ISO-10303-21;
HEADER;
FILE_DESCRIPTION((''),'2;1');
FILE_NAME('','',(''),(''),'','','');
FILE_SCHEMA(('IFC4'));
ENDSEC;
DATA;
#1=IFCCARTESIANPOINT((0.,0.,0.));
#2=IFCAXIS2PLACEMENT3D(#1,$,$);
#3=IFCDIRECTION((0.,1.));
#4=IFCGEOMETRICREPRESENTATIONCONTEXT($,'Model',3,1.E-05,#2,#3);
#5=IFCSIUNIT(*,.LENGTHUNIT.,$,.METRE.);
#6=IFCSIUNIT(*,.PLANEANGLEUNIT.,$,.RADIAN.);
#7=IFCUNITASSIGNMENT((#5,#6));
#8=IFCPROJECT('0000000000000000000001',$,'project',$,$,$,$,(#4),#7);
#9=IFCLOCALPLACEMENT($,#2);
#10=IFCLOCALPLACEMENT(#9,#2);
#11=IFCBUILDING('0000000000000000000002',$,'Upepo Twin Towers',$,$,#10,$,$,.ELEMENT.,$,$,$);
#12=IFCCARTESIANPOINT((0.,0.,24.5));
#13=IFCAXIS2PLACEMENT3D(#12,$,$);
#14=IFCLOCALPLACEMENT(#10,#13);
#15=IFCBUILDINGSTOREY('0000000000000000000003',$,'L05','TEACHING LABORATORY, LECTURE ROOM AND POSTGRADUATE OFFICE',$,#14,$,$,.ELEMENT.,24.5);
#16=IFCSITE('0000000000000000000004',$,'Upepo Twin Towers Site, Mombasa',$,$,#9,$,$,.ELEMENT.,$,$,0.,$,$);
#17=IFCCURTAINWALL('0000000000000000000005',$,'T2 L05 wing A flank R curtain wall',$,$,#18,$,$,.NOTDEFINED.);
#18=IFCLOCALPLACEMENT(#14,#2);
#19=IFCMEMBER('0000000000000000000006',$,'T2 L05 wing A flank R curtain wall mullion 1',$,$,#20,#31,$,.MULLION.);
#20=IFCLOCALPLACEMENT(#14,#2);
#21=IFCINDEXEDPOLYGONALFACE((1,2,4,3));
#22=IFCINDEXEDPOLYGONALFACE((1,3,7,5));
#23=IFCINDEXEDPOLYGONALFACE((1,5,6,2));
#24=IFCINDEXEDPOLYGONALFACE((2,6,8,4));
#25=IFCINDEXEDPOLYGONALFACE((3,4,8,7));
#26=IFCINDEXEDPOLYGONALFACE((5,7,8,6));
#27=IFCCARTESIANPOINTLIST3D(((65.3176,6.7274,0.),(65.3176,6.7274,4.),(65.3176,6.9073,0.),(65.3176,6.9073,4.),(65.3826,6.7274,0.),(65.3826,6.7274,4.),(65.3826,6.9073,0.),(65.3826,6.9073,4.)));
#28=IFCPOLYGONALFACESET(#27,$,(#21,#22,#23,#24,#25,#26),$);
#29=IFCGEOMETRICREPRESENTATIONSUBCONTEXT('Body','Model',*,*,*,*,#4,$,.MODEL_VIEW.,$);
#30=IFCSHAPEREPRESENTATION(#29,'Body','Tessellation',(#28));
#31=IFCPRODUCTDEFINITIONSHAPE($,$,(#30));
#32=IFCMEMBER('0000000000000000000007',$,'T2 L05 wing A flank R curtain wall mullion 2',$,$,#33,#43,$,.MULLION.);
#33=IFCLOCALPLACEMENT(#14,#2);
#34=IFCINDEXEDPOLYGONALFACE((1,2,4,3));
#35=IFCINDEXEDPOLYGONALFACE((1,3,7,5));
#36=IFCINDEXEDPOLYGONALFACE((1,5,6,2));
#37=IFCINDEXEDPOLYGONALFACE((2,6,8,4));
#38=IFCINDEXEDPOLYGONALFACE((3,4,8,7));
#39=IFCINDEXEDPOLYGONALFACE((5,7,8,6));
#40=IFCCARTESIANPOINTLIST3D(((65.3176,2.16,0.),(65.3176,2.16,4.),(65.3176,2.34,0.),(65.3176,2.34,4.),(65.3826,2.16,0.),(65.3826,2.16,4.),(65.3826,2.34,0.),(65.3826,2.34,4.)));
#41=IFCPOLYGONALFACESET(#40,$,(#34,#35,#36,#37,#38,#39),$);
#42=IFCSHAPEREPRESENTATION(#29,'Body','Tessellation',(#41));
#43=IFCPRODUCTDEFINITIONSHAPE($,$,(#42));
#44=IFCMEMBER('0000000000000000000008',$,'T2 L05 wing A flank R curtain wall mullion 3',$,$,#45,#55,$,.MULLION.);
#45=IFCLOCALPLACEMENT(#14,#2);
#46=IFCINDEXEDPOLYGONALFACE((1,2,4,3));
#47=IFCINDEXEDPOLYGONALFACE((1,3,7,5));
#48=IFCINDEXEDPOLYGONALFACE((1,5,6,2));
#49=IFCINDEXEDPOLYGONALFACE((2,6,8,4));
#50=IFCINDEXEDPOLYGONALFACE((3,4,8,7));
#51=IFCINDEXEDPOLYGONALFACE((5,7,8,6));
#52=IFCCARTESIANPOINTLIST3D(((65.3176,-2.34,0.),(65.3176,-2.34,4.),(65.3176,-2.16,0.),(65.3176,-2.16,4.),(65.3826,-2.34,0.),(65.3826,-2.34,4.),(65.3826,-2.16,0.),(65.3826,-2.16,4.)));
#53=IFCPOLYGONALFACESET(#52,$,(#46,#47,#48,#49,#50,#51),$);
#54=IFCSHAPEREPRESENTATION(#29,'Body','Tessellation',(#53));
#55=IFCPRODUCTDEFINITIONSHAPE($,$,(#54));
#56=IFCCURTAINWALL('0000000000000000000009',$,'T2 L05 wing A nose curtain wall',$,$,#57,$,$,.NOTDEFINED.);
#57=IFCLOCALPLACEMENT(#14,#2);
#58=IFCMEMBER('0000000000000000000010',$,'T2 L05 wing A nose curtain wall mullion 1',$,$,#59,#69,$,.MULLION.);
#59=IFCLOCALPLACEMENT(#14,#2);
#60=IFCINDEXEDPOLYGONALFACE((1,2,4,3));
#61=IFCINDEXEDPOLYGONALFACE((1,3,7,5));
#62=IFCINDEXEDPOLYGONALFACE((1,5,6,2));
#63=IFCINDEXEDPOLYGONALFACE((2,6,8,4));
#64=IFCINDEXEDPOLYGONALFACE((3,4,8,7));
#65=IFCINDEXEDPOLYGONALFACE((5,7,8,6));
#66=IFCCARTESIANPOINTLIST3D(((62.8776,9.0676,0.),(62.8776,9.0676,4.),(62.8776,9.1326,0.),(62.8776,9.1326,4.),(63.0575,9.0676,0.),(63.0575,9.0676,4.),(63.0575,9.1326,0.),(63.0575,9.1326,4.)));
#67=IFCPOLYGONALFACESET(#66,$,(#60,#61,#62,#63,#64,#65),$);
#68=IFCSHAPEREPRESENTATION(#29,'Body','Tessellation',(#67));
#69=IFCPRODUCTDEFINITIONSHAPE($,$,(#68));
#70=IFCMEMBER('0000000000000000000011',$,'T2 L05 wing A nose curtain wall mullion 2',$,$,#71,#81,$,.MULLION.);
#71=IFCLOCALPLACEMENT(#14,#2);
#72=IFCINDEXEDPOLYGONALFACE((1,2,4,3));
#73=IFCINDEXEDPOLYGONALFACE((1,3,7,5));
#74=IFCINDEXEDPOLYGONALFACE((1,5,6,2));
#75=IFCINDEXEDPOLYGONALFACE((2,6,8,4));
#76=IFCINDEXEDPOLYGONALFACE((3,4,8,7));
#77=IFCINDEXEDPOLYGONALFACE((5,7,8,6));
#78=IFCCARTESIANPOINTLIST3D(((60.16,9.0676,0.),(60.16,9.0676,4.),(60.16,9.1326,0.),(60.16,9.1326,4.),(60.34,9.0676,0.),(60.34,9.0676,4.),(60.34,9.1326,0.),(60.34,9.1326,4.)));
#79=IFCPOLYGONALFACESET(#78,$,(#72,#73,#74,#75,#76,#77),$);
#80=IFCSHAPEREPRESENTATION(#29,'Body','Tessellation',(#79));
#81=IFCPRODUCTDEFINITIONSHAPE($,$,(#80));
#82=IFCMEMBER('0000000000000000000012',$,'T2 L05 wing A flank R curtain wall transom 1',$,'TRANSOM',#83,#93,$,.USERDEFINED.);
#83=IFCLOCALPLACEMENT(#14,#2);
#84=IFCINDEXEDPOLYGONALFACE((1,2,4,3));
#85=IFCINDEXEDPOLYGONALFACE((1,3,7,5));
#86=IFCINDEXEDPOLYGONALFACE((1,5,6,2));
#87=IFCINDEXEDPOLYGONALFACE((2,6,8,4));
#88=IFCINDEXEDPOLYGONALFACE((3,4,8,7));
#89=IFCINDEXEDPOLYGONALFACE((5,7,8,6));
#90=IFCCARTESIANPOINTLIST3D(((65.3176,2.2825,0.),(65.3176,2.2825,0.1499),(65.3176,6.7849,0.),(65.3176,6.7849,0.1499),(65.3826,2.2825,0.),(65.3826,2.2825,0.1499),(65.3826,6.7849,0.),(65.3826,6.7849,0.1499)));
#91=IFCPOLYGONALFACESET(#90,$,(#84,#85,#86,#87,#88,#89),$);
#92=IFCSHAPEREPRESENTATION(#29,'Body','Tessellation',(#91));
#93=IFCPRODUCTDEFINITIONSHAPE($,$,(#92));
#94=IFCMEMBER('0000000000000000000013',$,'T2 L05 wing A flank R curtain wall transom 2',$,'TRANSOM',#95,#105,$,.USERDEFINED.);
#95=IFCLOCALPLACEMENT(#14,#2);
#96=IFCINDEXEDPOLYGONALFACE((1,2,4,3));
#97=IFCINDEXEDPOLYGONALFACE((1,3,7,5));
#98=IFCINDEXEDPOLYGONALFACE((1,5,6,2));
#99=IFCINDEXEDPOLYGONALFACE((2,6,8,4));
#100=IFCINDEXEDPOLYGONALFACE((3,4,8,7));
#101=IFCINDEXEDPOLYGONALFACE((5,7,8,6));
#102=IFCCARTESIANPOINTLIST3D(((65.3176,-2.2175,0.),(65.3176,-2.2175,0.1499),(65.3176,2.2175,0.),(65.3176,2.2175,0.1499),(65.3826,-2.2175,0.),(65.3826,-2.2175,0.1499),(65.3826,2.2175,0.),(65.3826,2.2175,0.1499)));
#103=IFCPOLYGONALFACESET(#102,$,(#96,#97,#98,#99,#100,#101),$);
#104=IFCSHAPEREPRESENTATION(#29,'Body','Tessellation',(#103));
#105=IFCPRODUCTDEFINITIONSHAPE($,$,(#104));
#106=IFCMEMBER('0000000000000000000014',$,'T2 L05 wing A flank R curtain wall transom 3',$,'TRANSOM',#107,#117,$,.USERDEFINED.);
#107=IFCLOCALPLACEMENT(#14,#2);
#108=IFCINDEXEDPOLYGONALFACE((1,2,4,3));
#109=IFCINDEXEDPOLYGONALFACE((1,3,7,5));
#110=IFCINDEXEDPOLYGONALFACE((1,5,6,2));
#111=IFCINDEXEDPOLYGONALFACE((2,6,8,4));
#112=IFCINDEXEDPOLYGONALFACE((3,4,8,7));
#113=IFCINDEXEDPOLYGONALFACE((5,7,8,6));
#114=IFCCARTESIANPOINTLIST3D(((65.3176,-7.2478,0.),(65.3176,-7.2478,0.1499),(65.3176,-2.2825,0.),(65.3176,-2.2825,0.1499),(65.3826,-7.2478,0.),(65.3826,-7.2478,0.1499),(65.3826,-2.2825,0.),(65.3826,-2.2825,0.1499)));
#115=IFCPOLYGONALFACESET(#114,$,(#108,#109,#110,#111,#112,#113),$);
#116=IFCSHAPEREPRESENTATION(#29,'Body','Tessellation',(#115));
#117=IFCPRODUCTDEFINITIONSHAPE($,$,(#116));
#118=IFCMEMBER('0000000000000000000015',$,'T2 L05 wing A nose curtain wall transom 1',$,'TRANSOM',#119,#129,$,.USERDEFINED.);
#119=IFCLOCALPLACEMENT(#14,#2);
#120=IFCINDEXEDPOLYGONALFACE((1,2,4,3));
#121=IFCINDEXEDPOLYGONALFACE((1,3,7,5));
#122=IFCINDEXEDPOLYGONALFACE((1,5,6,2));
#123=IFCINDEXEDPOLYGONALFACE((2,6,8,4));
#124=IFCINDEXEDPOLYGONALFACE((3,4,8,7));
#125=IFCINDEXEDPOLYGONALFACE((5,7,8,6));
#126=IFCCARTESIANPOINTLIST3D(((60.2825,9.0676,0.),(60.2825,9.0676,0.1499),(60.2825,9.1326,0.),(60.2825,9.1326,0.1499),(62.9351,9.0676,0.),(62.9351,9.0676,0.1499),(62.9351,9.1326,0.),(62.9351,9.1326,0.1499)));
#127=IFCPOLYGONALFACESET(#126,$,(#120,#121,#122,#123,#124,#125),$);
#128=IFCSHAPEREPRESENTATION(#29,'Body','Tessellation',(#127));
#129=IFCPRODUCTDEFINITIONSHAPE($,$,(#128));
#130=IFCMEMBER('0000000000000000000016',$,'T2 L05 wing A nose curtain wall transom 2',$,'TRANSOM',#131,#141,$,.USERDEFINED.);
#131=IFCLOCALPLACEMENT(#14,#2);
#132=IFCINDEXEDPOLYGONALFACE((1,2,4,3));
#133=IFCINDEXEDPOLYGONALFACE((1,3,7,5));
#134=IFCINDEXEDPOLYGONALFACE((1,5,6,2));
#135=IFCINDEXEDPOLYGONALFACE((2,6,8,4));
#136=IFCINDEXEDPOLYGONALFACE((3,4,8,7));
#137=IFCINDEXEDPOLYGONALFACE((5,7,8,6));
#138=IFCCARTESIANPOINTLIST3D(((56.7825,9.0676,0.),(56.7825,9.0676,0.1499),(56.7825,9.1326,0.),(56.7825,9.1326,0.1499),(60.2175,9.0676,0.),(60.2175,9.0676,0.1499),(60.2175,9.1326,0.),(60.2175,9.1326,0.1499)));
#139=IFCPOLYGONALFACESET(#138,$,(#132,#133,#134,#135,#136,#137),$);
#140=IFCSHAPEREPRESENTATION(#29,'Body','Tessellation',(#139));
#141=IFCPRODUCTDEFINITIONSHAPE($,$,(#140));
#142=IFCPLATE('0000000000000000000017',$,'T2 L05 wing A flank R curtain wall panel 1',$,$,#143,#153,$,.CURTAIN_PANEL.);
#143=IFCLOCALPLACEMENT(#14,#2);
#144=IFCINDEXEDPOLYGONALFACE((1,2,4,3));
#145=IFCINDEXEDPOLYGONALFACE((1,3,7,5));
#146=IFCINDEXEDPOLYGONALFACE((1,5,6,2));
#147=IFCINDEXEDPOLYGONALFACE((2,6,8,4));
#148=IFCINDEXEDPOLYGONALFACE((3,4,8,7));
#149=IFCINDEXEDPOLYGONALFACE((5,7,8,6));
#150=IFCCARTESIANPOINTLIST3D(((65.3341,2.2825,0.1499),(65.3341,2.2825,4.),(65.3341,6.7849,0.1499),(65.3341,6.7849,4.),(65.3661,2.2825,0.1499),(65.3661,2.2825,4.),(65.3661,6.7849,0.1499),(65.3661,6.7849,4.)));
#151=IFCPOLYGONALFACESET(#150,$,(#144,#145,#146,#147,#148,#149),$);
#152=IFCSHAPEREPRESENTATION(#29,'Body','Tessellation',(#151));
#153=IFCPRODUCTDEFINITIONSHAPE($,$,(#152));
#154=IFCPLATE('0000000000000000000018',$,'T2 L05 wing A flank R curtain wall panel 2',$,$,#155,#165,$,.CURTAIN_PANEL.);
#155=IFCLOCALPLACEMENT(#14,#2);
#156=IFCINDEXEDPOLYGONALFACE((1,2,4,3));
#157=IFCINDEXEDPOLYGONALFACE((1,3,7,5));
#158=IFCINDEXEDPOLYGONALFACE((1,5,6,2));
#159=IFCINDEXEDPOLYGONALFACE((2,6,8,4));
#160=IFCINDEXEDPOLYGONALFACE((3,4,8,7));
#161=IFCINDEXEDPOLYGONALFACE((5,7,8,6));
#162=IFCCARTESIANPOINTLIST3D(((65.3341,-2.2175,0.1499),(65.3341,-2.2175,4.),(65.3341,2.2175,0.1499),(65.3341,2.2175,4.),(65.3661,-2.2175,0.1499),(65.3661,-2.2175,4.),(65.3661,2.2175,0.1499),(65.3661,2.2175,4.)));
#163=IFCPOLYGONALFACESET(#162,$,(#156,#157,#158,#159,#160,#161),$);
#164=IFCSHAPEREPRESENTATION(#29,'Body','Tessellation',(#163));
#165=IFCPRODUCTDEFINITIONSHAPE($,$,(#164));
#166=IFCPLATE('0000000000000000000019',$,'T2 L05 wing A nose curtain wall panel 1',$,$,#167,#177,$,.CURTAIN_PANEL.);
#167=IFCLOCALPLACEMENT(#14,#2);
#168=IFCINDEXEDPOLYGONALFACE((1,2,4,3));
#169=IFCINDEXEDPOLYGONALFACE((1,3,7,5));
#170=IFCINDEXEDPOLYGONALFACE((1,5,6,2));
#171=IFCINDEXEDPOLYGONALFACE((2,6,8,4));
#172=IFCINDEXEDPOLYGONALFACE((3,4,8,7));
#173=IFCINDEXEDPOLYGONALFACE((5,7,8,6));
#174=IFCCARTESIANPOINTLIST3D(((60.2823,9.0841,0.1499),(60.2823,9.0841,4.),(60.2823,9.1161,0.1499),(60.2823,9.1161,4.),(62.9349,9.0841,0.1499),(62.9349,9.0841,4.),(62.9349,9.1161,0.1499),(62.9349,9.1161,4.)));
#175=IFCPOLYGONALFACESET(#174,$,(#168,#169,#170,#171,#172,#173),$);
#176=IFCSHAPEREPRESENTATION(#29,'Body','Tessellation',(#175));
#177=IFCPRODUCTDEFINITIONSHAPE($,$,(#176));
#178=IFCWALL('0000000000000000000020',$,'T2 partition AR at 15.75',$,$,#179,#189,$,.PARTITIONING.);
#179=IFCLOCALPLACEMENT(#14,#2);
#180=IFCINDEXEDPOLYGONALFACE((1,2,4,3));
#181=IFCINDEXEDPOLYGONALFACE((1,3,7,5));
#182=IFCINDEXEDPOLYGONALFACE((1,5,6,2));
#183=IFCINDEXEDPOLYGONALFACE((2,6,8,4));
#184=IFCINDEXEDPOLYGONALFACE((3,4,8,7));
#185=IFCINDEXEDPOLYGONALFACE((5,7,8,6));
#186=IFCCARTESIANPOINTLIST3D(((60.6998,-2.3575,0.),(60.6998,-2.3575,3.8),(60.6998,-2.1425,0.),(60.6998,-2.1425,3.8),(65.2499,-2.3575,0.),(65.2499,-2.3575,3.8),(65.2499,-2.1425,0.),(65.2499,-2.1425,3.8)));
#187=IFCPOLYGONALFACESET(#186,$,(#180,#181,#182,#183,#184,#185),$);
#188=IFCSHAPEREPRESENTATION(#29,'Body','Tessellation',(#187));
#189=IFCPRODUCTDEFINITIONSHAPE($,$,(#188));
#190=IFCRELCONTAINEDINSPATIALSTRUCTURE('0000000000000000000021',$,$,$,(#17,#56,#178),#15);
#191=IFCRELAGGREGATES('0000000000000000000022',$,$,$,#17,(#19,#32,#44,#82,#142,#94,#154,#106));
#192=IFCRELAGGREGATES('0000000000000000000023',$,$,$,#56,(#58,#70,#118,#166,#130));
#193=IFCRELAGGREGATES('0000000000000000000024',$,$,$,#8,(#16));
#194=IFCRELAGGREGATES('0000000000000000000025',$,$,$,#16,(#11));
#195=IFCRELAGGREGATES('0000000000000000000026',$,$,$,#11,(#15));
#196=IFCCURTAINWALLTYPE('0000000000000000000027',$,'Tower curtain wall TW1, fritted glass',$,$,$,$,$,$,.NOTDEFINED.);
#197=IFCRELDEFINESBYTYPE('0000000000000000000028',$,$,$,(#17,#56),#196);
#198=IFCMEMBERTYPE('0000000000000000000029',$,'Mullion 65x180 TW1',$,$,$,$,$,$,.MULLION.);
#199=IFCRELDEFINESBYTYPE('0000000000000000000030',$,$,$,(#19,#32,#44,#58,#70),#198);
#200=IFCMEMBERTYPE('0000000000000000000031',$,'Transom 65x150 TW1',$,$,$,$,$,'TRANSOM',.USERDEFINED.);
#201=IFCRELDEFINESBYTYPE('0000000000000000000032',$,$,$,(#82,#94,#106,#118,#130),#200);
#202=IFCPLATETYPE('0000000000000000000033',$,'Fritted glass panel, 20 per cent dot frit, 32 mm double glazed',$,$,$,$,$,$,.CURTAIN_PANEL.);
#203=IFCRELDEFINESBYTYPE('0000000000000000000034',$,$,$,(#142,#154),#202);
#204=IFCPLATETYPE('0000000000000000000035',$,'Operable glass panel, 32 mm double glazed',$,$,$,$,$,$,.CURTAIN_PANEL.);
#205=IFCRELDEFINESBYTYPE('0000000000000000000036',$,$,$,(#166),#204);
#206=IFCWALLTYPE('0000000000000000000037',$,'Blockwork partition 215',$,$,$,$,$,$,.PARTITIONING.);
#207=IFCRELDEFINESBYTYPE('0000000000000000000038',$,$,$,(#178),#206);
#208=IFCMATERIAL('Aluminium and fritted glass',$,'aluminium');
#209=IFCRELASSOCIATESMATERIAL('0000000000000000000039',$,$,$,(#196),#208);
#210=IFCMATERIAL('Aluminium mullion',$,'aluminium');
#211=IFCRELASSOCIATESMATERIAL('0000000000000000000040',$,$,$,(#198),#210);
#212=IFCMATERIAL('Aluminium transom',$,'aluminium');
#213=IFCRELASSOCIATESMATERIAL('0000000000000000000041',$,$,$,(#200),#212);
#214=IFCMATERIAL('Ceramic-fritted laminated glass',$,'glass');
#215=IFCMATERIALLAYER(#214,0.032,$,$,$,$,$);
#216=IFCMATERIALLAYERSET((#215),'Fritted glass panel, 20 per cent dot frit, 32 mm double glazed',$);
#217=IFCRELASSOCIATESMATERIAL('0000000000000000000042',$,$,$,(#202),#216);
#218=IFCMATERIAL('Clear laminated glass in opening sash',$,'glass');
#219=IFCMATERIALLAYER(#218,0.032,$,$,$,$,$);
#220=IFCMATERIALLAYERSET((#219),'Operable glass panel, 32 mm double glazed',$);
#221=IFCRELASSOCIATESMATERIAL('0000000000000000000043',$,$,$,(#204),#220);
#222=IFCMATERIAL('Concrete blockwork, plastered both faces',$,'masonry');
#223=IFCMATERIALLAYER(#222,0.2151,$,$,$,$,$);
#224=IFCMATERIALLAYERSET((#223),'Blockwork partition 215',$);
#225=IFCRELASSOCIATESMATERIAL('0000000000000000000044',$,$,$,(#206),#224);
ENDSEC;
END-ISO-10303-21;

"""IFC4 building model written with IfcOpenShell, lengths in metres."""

from ifc_helpers import new_model, si_unit, direction, frame, frame_2d, origin, origin_2d, place, context, subcontext, project, spatial, rectangle, extrude, material, layer, layer_set, material_profile, profile_set, type_object, element, aggregate, save


model = new_model("IFC4")

# Units and contexts
model_context = context("Model", 3, precision=1e-05, world=origin(), true_north=direction((0.0, 1.0)))
body_context = subcontext(model_context, "Body", "Model", "MODEL_VIEW")
ifc_project = project(units=[si_unit("LENGTHUNIT", "METRE"), si_unit("PLANEANGLEUNIT", "RADIAN")], contexts=[model_context])

# Site, building, storey
site_placement = place(None, origin())
site = spatial("IfcSite", under=ifc_project, at=site_placement, Name="Upepo Twin Towers Site, Mombasa", CompositionType="ELEMENT", RefElevation=0.0)
building_placement = place(site_placement, origin())
building = spatial("IfcBuilding", under=site, at=building_placement, Name="Upepo Twin Towers", CompositionType="ELEMENT")
storey_placement = place(building_placement, frame((0.0, 0.0, 24.5)))
storey = spatial("IfcBuildingStorey", under=building, at=storey_placement, Name="L05", Description="TEACHING LABORATORY, LECTURE ROOM AND POSTGRADUATE OFFICE", CompositionType="ELEMENT", Elevation=24.5)

# Curtain walls, members
ifc_material_1 = material(Name="Aluminium and fritted glass", Category="aluminium")
curtain_wall_type = type_object("IfcCurtainWallType", Name="Tower curtain wall TW1, fritted glass", PredefinedType="NOTDEFINED", material=ifc_material_1)
curtain_wall_1_placement = place(storey_placement, origin())
curtain_wall_1 = element("IfcCurtainWall", 1, at=curtain_wall_1_placement, inside=storey, type_object=curtain_wall_type, Name="T2 L05 wing A flank R curtain wall", PredefinedType="NOTDEFINED")
ifc_material_2 = material(Name="Aluminium mullion", Category="aluminium")
ifc_material_profile_1 = material_profile(ifc_material_2, rectangle(XDim=0.0649, YDim=0.1799, at=origin_2d()), Name="MULLION 65x180")
ifc_profile_set_1 = profile_set([ifc_material_profile_1], Name="Aluminium mullion")
member_type_1 = type_object("IfcMemberType", Name="Mullion 65x180 TW1", PredefinedType="MULLION", material=ifc_profile_set_1)
member_1_placement = place(storey_placement, frame((65.3501, 6.8174, 0.0), z_axis=(0.0, 0.0, 1.0), x_axis=(1.0, 0.0, 0.0)))
member_1 = element("IfcMember", 2, at=member_1_placement, type_object=member_type_1, Name="T2 L05 wing A flank R curtain wall mullion 1", PredefinedType="MULLION", context=body_context, shape_type="SweptSolid", body=[
    extrude(rectangle(XDim=0.0649, YDim=0.1799, at=origin_2d()), origin(), (0.0, 0.0, 1.0), 4.0),
])
member_2_placement = place(storey_placement, frame((65.3501, 2.25, 0.0), z_axis=(0.0, 0.0, 1.0), x_axis=(1.0, 0.0, 0.0)))
member_2 = element("IfcMember", 3, at=member_2_placement, type_object=member_type_1, Name="T2 L05 wing A flank R curtain wall mullion 2", PredefinedType="MULLION", context=body_context, shape_type="SweptSolid", body=[
    extrude(rectangle(XDim=0.0649, YDim=0.1799, at=origin_2d()), origin(), (0.0, 0.0, 1.0), 4.0),
])
member_3_placement = place(storey_placement, frame((65.3501, -2.25, 0.0), z_axis=(0.0, 0.0, 1.0), x_axis=(1.0, 0.0, 0.0)))
member_3 = element("IfcMember", 4, at=member_3_placement, type_object=member_type_1, Name="T2 L05 wing A flank R curtain wall mullion 3", PredefinedType="MULLION", context=body_context, shape_type="SweptSolid", body=[
    extrude(rectangle(XDim=0.0649, YDim=0.1799, at=origin_2d()), origin(), (0.0, 0.0, 1.0), 4.0),
])
curtain_wall_2_placement = place(storey_placement, origin())
curtain_wall_2 = element("IfcCurtainWall", 5, at=curtain_wall_2_placement, inside=storey, type_object=curtain_wall_type, Name="T2 L05 wing A nose curtain wall", PredefinedType="NOTDEFINED")
member_4_placement = place(storey_placement, frame((62.9675, 9.1001, 0.0), z_axis=(0.0, 0.0, 1.0), x_axis=(0.0, -1.0, 0.0)))
member_4 = element("IfcMember", 6, at=member_4_placement, type_object=member_type_1, Name="T2 L05 wing A nose curtain wall mullion 1", PredefinedType="MULLION", context=body_context, shape_type="SweptSolid", body=[
    extrude(rectangle(XDim=0.0649, YDim=0.1799, at=origin_2d()), origin(), (0.0, 0.0, 1.0), 4.0),
])
member_5_placement = place(storey_placement, frame((60.25, 9.1001, 0.0), z_axis=(0.0, 0.0, 1.0), x_axis=(0.0, -1.0, 0.0)))
member_5 = element("IfcMember", 7, at=member_5_placement, type_object=member_type_1, Name="T2 L05 wing A nose curtain wall mullion 2", PredefinedType="MULLION", context=body_context, shape_type="SweptSolid", body=[
    extrude(rectangle(XDim=0.0649, YDim=0.1799, at=origin_2d()), origin(), (0.0, 0.0, 1.0), 4.0),
])

# Members
ifc_material_3 = material(Name="Aluminium transom", Category="aluminium")
ifc_material_profile_2 = material_profile(ifc_material_3, rectangle(XDim=0.0649, YDim=0.1499, at=origin_2d()), Name="TRANSOM 65x150")
ifc_profile_set_2 = profile_set([ifc_material_profile_2], Name="Aluminium transom")
member_type_2 = type_object("IfcMemberType", Name="Transom 65x150 TW1", ElementType="TRANSOM", PredefinedType="USERDEFINED", material=ifc_profile_set_2)
member_6_placement = place(storey_placement, frame((65.3501, 6.7849, 0.075), z_axis=(0.0, -1.0, 0.0), x_axis=(1.0, 0.0, 0.0)))
member_6 = element("IfcMember", 8, at=member_6_placement, type_object=member_type_2, Name="T2 L05 wing A flank R curtain wall transom 1", ObjectType="TRANSOM", PredefinedType="USERDEFINED", context=body_context, shape_type="SweptSolid", body=[
    extrude(rectangle(XDim=0.0649, YDim=0.1499, at=origin_2d()), origin(), (0.0, 0.0, 1.0), 4.5024),
])
member_7_placement = place(storey_placement, frame((65.3501, 2.2175, 0.075), z_axis=(0.0, -1.0, 0.0), x_axis=(1.0, 0.0, 0.0)))
member_7 = element("IfcMember", 9, at=member_7_placement, type_object=member_type_2, Name="T2 L05 wing A flank R curtain wall transom 2", ObjectType="TRANSOM", PredefinedType="USERDEFINED", context=body_context, shape_type="SweptSolid", body=[
    extrude(rectangle(XDim=0.0649, YDim=0.1499, at=origin_2d()), origin(), (0.0, 0.0, 1.0), 4.4351),
])
member_8_placement = place(storey_placement, frame((65.3501, -2.2825, 0.075), z_axis=(0.0, -1.0, 0.0), x_axis=(1.0, 0.0, 0.0)))
member_8 = element("IfcMember", 10, at=member_8_placement, type_object=member_type_2, Name="T2 L05 wing A flank R curtain wall transom 3", ObjectType="TRANSOM", PredefinedType="USERDEFINED", context=body_context, shape_type="SweptSolid", body=[
    extrude(rectangle(XDim=0.0649, YDim=0.1499, at=origin_2d()), origin(), (0.0, 0.0, 1.0), 4.9653),
])
member_9_placement = place(storey_placement, frame((62.9351, 9.1001, 0.075), z_axis=(-1.0, 0.0, 0.0), x_axis=(0.0, -1.0, 0.0)))
member_9 = element("IfcMember", 11, at=member_9_placement, type_object=member_type_2, Name="T2 L05 wing A nose curtain wall transom 1", ObjectType="TRANSOM", PredefinedType="USERDEFINED", context=body_context, shape_type="SweptSolid", body=[
    extrude(rectangle(XDim=0.0649, YDim=0.1499, at=origin_2d()), origin(), (0.0, 0.0, 1.0), 2.6526),
])
member_10_placement = place(storey_placement, frame((60.2175, 9.1001, 0.075), z_axis=(-1.0, 0.0, 0.0), x_axis=(0.0, -1.0, 0.0)))
member_10 = element("IfcMember", 12, at=member_10_placement, type_object=member_type_2, Name="T2 L05 wing A nose curtain wall transom 2", ObjectType="TRANSOM", PredefinedType="USERDEFINED", context=body_context, shape_type="SweptSolid", body=[
    extrude(rectangle(XDim=0.0649, YDim=0.1499, at=origin_2d()), origin(), (0.0, 0.0, 1.0), 3.4351),
])

# Plates
ifc_material_4 = material(Name="Ceramic-fritted laminated glass", Category="glass")
ifc_layer_1 = layer(ifc_material_4, 0.032)
ifc_layer_set_1 = layer_set([ifc_layer_1], Name="Fritted glass panel, 20 per cent dot frit, 32 mm double glazed")
plate_type_1 = type_object("IfcPlateType", Name="Fritted glass panel, 20 per cent dot frit, 32 mm double glazed", PredefinedType="CURTAIN_PANEL", material=ifc_layer_set_1)
plate_1_placement = place(storey_placement, frame((65.3501, 4.5337, 0.1499), z_axis=(0.0, 0.0, 1.0), x_axis=(0.0, -1.0, 0.0)))
plate_1 = element("IfcPlate", 13, at=plate_1_placement, type_object=plate_type_1, Name="T2 L05 wing A flank R curtain wall panel 1", PredefinedType="CURTAIN_PANEL", context=body_context, shape_type="SweptSolid", body=[
    extrude(rectangle(XDim=4.5024, YDim=0.032, at=origin_2d()), origin(), (0.0, 0.0, 1.0), 3.8501),
])
plate_2_placement = place(storey_placement, frame((65.3501, 0.0, 0.1499), z_axis=(0.0, 0.0, 1.0), x_axis=(0.0, -1.0, 0.0)))
plate_2 = element("IfcPlate", 14, at=plate_2_placement, type_object=plate_type_1, Name="T2 L05 wing A flank R curtain wall panel 2", PredefinedType="CURTAIN_PANEL", context=body_context, shape_type="SweptSolid", body=[
    extrude(rectangle(XDim=4.4351, YDim=0.032, at=origin_2d()), origin(), (0.0, 0.0, 1.0), 3.8501),
])
aggregate(curtain_wall_1, [member_1, member_2, member_3, member_6, plate_1, member_7, plate_2, member_8])
ifc_material_5 = material(Name="Clear laminated glass in opening sash", Category="glass")
ifc_layer_2 = layer(ifc_material_5, 0.032)
ifc_layer_set_2 = layer_set([ifc_layer_2], Name="Operable glass panel, 32 mm double glazed")
plate_type_2 = type_object("IfcPlateType", Name="Operable glass panel, 32 mm double glazed", PredefinedType="CURTAIN_PANEL", material=ifc_layer_set_2)
plate_3_placement = place(storey_placement, frame((61.6086, 9.1001, 0.1499), z_axis=(0.0, 0.0, 1.0), x_axis=(-1.0, 0.0, 0.0)))
plate_3 = element("IfcPlate", 15, at=plate_3_placement, type_object=plate_type_2, Name="T2 L05 wing A nose curtain wall panel 1", PredefinedType="CURTAIN_PANEL", context=body_context, shape_type="SweptSolid", body=[
    extrude(rectangle(XDim=2.6526, YDim=0.032, at=origin_2d()), origin(), (0.0, 0.0, 1.0), 3.8501),
])
aggregate(curtain_wall_2, [member_4, member_5, member_9, plate_3, member_10])

# Wall
ifc_material_6 = material(Name="Concrete blockwork, plastered both faces", Category="masonry")
ifc_layer_3 = layer(ifc_material_6, 0.2151)
ifc_layer_set_3 = layer_set([ifc_layer_3], Name="Blockwork partition 215")
wall_type_1 = type_object("IfcWallType", Name="Blockwork partition 215", PredefinedType="PARTITIONING", material=ifc_layer_set_3)
wall_1_placement = place(storey_placement, frame((60.7, -2.25, 0.0), z_axis=(0.0, 0.0, 1.0), x_axis=(1.0, 0.0, 0.0)))
element("IfcWall", 16, at=wall_1_placement, inside=storey, type_object=wall_type_1, Name="T2 partition AR at 15.75", PredefinedType="PARTITIONING", context=body_context, shape_type="SweptSolid", body=[
    extrude(rectangle(XDim=4.55, YDim=0.2151, at=frame_2d((2.2749, 0.0))), origin(), (0.0, 0.0, 1.0), 3.8),
])

save(model, "model.ifc")
